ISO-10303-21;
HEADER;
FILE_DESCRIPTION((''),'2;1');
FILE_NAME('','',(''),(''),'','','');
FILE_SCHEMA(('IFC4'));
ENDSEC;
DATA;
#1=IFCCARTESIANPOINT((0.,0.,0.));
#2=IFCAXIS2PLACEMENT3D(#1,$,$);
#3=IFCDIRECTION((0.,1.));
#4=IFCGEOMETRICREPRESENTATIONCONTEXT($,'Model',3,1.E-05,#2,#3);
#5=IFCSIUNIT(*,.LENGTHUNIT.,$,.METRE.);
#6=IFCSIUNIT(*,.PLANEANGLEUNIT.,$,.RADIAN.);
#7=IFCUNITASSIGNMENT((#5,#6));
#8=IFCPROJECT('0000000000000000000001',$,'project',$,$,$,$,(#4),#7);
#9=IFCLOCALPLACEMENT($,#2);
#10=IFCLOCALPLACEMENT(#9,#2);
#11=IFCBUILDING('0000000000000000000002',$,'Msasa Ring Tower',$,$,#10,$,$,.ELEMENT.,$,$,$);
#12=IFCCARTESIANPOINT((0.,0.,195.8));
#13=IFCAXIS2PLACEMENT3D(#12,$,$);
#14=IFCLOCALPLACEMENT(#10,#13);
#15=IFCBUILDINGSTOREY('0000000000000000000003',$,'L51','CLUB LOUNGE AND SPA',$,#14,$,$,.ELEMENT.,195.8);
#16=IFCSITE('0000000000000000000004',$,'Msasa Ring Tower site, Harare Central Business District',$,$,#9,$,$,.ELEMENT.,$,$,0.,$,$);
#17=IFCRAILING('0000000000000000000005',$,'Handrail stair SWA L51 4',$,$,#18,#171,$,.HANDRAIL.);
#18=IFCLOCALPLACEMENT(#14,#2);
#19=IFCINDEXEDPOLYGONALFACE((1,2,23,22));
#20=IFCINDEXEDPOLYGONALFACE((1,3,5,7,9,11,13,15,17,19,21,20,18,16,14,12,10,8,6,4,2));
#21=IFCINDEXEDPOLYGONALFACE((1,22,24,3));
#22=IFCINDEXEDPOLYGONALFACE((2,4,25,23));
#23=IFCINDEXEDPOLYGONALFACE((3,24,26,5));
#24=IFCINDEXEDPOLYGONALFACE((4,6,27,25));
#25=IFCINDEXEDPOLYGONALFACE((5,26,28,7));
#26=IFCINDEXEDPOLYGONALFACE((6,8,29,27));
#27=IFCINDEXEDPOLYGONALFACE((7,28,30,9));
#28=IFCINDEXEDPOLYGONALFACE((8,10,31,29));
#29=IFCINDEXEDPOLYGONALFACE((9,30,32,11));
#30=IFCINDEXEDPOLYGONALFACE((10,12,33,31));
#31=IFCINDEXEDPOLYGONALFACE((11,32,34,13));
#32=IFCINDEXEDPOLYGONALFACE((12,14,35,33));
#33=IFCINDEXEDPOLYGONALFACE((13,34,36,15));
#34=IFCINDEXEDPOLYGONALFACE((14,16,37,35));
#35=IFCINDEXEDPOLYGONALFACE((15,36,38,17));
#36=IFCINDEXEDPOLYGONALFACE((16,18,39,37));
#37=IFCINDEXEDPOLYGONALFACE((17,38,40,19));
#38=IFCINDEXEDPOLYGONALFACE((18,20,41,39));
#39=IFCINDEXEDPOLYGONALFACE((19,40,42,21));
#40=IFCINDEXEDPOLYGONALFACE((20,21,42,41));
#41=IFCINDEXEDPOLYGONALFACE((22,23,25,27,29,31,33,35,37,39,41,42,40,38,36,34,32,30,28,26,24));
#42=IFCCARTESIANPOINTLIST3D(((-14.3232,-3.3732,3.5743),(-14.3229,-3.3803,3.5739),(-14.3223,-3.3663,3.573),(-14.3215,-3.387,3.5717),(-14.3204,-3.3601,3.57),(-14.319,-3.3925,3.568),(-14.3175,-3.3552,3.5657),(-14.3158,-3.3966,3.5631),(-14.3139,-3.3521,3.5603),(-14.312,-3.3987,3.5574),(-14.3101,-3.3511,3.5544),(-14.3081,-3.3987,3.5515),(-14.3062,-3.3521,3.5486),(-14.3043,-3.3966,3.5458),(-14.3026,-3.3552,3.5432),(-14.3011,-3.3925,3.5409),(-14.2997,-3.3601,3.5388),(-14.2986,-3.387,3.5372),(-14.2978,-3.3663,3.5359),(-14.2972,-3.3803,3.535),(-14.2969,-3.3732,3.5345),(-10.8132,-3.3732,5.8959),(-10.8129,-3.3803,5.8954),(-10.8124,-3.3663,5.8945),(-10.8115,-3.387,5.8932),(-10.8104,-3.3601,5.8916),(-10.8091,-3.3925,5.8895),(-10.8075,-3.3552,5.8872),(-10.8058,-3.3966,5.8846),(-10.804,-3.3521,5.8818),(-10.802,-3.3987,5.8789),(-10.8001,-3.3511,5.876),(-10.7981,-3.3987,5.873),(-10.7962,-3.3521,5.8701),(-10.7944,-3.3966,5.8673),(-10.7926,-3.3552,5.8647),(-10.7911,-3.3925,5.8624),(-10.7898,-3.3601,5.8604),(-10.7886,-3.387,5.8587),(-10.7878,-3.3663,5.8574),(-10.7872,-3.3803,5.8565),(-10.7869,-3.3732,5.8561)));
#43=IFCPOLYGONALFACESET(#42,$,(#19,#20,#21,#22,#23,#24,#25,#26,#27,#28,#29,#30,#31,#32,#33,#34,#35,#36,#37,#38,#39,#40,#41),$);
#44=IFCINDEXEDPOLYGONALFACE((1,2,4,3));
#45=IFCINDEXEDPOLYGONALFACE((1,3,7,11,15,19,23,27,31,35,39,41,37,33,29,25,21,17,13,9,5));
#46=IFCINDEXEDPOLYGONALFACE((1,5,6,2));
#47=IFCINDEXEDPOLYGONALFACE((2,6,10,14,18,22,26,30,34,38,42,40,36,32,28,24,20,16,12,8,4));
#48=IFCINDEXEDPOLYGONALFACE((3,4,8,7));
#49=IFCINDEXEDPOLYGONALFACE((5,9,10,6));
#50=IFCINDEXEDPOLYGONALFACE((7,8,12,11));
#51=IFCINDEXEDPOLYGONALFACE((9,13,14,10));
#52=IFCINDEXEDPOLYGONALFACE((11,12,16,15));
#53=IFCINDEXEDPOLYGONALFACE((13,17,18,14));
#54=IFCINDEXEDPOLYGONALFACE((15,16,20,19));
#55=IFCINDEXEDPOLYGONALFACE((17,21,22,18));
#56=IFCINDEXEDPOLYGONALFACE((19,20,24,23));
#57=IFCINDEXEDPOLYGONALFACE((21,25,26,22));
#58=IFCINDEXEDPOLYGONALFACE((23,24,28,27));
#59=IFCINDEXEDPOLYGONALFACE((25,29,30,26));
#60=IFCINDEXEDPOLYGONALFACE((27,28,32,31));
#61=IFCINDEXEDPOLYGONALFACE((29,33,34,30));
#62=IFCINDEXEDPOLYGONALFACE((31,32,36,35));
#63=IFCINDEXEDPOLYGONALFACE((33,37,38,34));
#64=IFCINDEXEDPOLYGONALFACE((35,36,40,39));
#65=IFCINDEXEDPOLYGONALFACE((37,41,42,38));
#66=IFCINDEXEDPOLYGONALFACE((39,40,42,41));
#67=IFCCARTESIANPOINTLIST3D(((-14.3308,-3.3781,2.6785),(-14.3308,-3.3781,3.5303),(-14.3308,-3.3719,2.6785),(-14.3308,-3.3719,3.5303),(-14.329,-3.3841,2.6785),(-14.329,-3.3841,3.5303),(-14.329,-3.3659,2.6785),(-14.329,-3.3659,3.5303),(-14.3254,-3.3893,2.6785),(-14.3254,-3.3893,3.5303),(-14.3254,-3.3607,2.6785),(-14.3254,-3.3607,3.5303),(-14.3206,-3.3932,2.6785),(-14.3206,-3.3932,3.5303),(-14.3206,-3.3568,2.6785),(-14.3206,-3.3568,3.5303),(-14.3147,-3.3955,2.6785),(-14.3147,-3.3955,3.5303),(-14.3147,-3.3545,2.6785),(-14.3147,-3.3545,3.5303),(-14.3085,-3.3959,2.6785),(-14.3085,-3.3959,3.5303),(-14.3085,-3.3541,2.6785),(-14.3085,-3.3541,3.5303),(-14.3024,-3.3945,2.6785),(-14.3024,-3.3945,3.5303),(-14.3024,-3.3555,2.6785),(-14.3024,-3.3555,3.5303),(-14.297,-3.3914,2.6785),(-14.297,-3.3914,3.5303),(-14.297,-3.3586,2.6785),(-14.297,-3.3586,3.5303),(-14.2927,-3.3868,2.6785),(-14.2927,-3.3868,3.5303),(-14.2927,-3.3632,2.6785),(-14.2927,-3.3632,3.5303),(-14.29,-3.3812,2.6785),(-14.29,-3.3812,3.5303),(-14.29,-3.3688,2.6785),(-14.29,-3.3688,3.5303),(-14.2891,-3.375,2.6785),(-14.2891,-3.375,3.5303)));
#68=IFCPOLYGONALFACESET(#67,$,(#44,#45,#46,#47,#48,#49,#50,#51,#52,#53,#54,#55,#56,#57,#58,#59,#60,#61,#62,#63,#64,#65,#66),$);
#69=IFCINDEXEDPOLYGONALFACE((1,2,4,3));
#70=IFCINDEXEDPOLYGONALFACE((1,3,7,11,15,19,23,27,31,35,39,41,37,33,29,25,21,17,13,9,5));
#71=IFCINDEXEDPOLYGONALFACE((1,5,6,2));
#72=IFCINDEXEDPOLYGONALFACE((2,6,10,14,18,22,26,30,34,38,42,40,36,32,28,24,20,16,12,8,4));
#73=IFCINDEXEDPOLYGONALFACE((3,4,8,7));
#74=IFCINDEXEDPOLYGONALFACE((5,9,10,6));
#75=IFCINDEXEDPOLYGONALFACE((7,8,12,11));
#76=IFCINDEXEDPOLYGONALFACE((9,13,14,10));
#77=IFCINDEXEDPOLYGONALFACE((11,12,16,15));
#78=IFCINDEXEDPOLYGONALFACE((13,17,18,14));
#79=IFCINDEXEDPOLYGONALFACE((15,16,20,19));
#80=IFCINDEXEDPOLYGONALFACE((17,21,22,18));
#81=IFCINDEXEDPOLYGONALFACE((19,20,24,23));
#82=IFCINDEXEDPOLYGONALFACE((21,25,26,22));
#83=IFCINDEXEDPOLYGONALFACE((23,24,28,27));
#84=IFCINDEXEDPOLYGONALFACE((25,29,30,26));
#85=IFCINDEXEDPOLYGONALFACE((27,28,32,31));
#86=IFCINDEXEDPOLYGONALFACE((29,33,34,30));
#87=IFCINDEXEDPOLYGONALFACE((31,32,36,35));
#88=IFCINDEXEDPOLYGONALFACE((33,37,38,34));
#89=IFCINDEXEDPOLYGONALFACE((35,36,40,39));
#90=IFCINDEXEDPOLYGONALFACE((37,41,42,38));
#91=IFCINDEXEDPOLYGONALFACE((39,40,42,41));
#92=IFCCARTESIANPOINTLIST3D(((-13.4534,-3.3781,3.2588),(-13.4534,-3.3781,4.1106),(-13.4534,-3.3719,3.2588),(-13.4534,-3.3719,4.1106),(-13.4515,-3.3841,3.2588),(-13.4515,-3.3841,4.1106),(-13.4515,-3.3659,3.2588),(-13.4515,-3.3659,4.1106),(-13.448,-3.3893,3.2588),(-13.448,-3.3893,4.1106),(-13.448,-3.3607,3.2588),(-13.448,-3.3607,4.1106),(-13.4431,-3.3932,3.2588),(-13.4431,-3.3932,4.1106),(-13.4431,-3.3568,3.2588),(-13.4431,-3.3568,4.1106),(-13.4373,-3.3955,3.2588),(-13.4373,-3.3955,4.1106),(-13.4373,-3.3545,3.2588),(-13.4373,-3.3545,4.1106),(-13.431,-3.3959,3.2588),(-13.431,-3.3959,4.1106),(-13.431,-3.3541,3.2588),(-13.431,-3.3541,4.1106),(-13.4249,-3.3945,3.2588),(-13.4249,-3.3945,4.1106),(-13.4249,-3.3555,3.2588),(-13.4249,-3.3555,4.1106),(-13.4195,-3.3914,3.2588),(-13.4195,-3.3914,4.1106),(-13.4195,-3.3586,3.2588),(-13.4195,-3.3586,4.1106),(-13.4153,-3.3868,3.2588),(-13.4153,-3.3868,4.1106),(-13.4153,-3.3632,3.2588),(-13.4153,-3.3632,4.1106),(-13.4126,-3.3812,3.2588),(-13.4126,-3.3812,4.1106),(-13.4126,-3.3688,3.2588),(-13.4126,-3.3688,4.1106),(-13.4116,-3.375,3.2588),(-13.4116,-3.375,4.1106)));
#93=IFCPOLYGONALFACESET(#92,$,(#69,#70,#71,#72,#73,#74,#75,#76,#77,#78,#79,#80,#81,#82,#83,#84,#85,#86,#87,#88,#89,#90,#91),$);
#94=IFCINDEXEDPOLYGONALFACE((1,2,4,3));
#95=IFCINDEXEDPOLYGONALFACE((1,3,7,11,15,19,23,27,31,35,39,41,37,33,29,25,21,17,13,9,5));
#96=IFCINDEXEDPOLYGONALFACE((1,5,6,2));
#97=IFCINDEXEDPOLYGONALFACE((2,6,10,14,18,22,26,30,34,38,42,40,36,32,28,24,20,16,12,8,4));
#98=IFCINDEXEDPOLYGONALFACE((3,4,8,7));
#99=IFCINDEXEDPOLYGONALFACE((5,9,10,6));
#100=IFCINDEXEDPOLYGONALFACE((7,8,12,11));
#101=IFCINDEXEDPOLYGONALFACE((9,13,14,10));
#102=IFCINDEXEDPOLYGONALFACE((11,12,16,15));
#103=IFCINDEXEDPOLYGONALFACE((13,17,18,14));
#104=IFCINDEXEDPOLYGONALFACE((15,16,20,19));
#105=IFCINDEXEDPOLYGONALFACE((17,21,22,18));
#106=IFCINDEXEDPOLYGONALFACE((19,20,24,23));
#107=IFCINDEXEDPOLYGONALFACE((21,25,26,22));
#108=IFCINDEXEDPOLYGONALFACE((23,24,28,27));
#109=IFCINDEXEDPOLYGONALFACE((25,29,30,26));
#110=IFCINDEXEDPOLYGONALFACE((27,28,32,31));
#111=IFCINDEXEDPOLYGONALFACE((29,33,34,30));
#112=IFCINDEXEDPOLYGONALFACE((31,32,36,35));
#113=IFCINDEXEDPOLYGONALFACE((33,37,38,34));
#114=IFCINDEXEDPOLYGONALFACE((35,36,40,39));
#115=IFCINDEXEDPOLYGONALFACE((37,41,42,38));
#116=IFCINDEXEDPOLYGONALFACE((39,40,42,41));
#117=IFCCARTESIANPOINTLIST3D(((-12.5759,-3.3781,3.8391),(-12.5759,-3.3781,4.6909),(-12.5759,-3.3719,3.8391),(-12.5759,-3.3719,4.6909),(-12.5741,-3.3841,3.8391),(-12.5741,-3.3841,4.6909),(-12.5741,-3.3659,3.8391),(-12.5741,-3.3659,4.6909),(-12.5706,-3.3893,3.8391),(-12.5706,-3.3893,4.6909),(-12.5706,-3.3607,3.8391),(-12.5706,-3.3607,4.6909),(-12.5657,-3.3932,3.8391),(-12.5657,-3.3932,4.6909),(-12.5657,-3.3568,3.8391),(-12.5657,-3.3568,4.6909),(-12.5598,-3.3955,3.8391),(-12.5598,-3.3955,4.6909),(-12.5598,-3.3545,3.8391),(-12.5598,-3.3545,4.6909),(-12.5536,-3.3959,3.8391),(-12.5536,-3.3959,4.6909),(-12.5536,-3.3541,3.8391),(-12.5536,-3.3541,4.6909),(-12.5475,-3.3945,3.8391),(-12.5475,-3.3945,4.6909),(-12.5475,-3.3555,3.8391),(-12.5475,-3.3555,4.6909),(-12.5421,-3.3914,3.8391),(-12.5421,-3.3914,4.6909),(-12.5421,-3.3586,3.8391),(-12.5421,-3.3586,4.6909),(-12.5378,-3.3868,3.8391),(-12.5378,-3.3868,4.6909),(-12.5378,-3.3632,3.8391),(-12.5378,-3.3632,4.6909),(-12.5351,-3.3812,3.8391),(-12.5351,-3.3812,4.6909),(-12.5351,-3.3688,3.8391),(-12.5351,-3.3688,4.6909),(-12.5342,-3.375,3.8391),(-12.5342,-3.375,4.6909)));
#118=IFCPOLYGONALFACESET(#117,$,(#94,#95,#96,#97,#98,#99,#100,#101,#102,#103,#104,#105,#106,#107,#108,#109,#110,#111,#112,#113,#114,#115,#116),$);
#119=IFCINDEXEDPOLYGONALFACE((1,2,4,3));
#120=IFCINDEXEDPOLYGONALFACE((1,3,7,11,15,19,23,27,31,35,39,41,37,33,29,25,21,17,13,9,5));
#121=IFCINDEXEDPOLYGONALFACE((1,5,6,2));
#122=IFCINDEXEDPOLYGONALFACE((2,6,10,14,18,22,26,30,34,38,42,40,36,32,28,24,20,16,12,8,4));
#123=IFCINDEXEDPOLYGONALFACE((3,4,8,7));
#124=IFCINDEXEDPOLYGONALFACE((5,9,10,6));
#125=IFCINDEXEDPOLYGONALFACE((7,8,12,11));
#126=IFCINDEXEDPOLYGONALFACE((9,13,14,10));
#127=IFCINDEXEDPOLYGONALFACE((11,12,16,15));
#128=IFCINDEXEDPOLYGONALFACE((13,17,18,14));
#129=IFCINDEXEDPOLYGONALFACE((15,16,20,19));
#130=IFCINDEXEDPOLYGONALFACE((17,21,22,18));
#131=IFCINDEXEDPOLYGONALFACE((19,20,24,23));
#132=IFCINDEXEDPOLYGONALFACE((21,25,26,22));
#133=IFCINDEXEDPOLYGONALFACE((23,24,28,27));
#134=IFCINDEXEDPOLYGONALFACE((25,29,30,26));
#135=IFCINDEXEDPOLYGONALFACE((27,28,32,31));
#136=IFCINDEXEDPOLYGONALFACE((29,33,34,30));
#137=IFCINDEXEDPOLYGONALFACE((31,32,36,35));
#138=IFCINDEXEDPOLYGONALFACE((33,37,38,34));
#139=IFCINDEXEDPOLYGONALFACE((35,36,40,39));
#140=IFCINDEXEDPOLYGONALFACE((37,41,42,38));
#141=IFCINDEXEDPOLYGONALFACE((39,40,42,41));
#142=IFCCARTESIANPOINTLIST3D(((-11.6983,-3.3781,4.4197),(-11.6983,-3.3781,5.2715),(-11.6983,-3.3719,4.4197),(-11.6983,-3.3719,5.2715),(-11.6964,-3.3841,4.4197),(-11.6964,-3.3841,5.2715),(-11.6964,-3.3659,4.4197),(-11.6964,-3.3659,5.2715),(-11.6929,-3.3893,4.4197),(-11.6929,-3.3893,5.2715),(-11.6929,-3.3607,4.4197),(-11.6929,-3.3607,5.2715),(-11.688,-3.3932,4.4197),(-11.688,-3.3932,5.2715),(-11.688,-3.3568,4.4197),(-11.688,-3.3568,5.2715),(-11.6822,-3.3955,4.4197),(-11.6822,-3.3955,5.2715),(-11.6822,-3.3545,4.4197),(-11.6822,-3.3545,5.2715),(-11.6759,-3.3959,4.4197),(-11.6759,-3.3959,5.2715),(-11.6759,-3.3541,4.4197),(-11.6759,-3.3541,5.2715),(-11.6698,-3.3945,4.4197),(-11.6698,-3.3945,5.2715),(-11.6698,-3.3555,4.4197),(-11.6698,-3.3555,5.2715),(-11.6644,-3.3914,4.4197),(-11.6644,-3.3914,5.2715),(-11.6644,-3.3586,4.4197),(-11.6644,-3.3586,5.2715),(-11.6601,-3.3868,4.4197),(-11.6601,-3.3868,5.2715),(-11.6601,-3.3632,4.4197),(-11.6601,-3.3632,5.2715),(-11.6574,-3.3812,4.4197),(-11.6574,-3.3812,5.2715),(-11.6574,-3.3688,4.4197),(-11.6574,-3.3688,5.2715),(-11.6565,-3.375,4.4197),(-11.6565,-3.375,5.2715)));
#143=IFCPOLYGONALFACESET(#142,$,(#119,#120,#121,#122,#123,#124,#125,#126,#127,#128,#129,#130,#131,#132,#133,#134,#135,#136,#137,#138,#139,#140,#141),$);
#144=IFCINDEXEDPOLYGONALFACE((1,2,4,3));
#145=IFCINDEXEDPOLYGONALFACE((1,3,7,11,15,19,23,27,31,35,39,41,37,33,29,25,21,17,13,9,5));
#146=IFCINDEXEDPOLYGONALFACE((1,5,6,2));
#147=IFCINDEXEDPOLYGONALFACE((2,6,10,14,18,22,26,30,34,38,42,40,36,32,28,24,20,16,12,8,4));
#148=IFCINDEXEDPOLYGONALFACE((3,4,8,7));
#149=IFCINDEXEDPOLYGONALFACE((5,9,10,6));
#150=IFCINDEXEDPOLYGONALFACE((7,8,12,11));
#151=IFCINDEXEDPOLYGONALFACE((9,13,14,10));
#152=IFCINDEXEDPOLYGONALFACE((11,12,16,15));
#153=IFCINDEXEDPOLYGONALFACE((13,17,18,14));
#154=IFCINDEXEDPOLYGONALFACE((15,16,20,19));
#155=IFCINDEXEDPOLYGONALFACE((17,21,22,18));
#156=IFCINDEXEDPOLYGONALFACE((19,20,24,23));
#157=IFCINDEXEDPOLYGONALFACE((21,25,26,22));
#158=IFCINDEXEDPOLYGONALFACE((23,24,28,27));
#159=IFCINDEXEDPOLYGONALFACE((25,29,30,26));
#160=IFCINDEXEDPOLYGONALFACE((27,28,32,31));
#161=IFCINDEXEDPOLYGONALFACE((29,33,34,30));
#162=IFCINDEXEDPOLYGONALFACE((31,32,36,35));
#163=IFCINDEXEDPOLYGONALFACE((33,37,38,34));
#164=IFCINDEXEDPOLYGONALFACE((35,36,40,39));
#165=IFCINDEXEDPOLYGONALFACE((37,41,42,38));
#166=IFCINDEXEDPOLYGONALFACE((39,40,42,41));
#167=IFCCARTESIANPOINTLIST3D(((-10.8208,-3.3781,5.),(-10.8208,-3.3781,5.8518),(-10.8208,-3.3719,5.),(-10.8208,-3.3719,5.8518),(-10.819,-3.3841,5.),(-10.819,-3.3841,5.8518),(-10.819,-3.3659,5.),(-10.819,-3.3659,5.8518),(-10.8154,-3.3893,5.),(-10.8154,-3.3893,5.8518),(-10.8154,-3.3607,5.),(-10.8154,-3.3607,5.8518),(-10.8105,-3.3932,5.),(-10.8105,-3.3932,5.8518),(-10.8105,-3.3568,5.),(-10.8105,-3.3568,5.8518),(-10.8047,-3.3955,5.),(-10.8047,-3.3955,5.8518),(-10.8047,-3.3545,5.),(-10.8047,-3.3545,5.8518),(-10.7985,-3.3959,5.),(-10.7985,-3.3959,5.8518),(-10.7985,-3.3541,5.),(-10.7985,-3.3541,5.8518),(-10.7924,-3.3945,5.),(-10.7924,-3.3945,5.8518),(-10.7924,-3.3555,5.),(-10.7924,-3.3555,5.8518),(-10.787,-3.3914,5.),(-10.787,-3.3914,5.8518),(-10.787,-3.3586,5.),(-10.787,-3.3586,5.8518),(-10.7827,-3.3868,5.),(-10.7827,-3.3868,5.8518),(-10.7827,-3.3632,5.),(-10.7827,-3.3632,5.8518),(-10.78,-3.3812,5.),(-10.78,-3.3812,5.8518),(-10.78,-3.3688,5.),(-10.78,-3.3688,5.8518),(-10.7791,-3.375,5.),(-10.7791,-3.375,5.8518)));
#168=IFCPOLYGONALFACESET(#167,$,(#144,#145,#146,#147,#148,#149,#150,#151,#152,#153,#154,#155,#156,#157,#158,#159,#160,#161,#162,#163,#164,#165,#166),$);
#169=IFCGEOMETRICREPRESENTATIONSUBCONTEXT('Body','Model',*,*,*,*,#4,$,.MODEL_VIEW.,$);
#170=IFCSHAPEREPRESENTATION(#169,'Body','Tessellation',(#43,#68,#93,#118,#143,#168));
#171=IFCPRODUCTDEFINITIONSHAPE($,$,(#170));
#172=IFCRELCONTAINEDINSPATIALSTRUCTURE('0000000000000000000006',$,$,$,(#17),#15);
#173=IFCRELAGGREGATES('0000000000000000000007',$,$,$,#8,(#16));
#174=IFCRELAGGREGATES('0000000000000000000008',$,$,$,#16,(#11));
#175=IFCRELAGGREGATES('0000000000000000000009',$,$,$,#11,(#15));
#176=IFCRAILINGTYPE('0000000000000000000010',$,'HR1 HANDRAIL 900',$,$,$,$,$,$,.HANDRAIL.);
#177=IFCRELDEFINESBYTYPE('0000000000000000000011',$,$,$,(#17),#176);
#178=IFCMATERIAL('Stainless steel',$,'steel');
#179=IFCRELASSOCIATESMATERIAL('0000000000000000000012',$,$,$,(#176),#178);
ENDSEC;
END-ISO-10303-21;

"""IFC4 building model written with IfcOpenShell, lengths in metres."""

from ifc_helpers import new_model, si_unit, direction, frame, origin, origin_2d, place, context, subcontext, project, spatial, circle, extrude, material, type_object, element, save


model = new_model("IFC4")

# Units and contexts
model_context = context("Model", 3, precision=1e-05, world=origin(), true_north=direction((0.0, 1.0)))
body_context = subcontext(model_context, "Body", "Model", "MODEL_VIEW")
ifc_project = project(units=[si_unit("LENGTHUNIT", "METRE"), si_unit("PLANEANGLEUNIT", "RADIAN")], contexts=[model_context])

# Site, building, storey
site_placement = place(None, origin())
site = spatial("IfcSite", under=ifc_project, at=site_placement, Name="Msasa Ring Tower site, Harare Central Business District", CompositionType="ELEMENT", RefElevation=0.0)
building_placement = place(site_placement, origin())
building = spatial("IfcBuilding", under=site, at=building_placement, Name="Msasa Ring Tower", CompositionType="ELEMENT")
storey_placement = place(building_placement, frame((0.0, 0.0, 195.8)))
storey = spatial("IfcBuildingStorey", under=building, at=storey_placement, Name="L51", Description="CLUB LOUNGE AND SPA", CompositionType="ELEMENT", Elevation=195.8)

# Railing
ifc_material_1 = material(Name="Stainless steel", Category="steel")
railing_type = type_object("IfcRailingType", Name="HR1 HANDRAIL 900", PredefinedType="HANDRAIL", material=ifc_material_1)
for number, where, name in (
    (1, (-14.3101, -3.375, 2.6785), "Handrail stair SWA L51 4"),
):
    element("IfcRailing", number, at=place(storey_placement, frame(where)), inside=storey, type_object=railing_type, Name=name, PredefinedType="HANDRAIL", context=body_context, shape_type="SweptSolid", body=[
        extrude(circle(Radius=0.0239, at=origin_2d()), frame((0.0, 0.0, 0.876), z_axis=(0.834071, 0.0, 0.551657), x_axis=(0.0, 1.0, 0.0)), (0.0, 0.0, 1.0), 4.2083),
        extrude(circle(Radius=0.021, at=origin_2d()), origin(), (0.0, 0.0, 1.0), 0.8518),
        extrude(circle(Radius=0.021, at=origin_2d()), frame((0.8774, 0.0, 0.5803)), (0.0, 0.0, 1.0), 0.8518),
        extrude(circle(Radius=0.021, at=origin_2d()), frame((1.7549, 0.0, 1.1606)), (0.0, 0.0, 1.0), 0.8518),
        extrude(circle(Radius=0.021, at=origin_2d()), frame((2.6326, 0.0, 1.7412)), (0.0, 0.0, 1.0), 0.8518),
        extrude(circle(Radius=0.021, at=origin_2d()), frame((3.51, 0.0, 2.3215)), (0.0, 0.0, 1.0), 0.8518),
    ])

save(model, "model.ifc")
